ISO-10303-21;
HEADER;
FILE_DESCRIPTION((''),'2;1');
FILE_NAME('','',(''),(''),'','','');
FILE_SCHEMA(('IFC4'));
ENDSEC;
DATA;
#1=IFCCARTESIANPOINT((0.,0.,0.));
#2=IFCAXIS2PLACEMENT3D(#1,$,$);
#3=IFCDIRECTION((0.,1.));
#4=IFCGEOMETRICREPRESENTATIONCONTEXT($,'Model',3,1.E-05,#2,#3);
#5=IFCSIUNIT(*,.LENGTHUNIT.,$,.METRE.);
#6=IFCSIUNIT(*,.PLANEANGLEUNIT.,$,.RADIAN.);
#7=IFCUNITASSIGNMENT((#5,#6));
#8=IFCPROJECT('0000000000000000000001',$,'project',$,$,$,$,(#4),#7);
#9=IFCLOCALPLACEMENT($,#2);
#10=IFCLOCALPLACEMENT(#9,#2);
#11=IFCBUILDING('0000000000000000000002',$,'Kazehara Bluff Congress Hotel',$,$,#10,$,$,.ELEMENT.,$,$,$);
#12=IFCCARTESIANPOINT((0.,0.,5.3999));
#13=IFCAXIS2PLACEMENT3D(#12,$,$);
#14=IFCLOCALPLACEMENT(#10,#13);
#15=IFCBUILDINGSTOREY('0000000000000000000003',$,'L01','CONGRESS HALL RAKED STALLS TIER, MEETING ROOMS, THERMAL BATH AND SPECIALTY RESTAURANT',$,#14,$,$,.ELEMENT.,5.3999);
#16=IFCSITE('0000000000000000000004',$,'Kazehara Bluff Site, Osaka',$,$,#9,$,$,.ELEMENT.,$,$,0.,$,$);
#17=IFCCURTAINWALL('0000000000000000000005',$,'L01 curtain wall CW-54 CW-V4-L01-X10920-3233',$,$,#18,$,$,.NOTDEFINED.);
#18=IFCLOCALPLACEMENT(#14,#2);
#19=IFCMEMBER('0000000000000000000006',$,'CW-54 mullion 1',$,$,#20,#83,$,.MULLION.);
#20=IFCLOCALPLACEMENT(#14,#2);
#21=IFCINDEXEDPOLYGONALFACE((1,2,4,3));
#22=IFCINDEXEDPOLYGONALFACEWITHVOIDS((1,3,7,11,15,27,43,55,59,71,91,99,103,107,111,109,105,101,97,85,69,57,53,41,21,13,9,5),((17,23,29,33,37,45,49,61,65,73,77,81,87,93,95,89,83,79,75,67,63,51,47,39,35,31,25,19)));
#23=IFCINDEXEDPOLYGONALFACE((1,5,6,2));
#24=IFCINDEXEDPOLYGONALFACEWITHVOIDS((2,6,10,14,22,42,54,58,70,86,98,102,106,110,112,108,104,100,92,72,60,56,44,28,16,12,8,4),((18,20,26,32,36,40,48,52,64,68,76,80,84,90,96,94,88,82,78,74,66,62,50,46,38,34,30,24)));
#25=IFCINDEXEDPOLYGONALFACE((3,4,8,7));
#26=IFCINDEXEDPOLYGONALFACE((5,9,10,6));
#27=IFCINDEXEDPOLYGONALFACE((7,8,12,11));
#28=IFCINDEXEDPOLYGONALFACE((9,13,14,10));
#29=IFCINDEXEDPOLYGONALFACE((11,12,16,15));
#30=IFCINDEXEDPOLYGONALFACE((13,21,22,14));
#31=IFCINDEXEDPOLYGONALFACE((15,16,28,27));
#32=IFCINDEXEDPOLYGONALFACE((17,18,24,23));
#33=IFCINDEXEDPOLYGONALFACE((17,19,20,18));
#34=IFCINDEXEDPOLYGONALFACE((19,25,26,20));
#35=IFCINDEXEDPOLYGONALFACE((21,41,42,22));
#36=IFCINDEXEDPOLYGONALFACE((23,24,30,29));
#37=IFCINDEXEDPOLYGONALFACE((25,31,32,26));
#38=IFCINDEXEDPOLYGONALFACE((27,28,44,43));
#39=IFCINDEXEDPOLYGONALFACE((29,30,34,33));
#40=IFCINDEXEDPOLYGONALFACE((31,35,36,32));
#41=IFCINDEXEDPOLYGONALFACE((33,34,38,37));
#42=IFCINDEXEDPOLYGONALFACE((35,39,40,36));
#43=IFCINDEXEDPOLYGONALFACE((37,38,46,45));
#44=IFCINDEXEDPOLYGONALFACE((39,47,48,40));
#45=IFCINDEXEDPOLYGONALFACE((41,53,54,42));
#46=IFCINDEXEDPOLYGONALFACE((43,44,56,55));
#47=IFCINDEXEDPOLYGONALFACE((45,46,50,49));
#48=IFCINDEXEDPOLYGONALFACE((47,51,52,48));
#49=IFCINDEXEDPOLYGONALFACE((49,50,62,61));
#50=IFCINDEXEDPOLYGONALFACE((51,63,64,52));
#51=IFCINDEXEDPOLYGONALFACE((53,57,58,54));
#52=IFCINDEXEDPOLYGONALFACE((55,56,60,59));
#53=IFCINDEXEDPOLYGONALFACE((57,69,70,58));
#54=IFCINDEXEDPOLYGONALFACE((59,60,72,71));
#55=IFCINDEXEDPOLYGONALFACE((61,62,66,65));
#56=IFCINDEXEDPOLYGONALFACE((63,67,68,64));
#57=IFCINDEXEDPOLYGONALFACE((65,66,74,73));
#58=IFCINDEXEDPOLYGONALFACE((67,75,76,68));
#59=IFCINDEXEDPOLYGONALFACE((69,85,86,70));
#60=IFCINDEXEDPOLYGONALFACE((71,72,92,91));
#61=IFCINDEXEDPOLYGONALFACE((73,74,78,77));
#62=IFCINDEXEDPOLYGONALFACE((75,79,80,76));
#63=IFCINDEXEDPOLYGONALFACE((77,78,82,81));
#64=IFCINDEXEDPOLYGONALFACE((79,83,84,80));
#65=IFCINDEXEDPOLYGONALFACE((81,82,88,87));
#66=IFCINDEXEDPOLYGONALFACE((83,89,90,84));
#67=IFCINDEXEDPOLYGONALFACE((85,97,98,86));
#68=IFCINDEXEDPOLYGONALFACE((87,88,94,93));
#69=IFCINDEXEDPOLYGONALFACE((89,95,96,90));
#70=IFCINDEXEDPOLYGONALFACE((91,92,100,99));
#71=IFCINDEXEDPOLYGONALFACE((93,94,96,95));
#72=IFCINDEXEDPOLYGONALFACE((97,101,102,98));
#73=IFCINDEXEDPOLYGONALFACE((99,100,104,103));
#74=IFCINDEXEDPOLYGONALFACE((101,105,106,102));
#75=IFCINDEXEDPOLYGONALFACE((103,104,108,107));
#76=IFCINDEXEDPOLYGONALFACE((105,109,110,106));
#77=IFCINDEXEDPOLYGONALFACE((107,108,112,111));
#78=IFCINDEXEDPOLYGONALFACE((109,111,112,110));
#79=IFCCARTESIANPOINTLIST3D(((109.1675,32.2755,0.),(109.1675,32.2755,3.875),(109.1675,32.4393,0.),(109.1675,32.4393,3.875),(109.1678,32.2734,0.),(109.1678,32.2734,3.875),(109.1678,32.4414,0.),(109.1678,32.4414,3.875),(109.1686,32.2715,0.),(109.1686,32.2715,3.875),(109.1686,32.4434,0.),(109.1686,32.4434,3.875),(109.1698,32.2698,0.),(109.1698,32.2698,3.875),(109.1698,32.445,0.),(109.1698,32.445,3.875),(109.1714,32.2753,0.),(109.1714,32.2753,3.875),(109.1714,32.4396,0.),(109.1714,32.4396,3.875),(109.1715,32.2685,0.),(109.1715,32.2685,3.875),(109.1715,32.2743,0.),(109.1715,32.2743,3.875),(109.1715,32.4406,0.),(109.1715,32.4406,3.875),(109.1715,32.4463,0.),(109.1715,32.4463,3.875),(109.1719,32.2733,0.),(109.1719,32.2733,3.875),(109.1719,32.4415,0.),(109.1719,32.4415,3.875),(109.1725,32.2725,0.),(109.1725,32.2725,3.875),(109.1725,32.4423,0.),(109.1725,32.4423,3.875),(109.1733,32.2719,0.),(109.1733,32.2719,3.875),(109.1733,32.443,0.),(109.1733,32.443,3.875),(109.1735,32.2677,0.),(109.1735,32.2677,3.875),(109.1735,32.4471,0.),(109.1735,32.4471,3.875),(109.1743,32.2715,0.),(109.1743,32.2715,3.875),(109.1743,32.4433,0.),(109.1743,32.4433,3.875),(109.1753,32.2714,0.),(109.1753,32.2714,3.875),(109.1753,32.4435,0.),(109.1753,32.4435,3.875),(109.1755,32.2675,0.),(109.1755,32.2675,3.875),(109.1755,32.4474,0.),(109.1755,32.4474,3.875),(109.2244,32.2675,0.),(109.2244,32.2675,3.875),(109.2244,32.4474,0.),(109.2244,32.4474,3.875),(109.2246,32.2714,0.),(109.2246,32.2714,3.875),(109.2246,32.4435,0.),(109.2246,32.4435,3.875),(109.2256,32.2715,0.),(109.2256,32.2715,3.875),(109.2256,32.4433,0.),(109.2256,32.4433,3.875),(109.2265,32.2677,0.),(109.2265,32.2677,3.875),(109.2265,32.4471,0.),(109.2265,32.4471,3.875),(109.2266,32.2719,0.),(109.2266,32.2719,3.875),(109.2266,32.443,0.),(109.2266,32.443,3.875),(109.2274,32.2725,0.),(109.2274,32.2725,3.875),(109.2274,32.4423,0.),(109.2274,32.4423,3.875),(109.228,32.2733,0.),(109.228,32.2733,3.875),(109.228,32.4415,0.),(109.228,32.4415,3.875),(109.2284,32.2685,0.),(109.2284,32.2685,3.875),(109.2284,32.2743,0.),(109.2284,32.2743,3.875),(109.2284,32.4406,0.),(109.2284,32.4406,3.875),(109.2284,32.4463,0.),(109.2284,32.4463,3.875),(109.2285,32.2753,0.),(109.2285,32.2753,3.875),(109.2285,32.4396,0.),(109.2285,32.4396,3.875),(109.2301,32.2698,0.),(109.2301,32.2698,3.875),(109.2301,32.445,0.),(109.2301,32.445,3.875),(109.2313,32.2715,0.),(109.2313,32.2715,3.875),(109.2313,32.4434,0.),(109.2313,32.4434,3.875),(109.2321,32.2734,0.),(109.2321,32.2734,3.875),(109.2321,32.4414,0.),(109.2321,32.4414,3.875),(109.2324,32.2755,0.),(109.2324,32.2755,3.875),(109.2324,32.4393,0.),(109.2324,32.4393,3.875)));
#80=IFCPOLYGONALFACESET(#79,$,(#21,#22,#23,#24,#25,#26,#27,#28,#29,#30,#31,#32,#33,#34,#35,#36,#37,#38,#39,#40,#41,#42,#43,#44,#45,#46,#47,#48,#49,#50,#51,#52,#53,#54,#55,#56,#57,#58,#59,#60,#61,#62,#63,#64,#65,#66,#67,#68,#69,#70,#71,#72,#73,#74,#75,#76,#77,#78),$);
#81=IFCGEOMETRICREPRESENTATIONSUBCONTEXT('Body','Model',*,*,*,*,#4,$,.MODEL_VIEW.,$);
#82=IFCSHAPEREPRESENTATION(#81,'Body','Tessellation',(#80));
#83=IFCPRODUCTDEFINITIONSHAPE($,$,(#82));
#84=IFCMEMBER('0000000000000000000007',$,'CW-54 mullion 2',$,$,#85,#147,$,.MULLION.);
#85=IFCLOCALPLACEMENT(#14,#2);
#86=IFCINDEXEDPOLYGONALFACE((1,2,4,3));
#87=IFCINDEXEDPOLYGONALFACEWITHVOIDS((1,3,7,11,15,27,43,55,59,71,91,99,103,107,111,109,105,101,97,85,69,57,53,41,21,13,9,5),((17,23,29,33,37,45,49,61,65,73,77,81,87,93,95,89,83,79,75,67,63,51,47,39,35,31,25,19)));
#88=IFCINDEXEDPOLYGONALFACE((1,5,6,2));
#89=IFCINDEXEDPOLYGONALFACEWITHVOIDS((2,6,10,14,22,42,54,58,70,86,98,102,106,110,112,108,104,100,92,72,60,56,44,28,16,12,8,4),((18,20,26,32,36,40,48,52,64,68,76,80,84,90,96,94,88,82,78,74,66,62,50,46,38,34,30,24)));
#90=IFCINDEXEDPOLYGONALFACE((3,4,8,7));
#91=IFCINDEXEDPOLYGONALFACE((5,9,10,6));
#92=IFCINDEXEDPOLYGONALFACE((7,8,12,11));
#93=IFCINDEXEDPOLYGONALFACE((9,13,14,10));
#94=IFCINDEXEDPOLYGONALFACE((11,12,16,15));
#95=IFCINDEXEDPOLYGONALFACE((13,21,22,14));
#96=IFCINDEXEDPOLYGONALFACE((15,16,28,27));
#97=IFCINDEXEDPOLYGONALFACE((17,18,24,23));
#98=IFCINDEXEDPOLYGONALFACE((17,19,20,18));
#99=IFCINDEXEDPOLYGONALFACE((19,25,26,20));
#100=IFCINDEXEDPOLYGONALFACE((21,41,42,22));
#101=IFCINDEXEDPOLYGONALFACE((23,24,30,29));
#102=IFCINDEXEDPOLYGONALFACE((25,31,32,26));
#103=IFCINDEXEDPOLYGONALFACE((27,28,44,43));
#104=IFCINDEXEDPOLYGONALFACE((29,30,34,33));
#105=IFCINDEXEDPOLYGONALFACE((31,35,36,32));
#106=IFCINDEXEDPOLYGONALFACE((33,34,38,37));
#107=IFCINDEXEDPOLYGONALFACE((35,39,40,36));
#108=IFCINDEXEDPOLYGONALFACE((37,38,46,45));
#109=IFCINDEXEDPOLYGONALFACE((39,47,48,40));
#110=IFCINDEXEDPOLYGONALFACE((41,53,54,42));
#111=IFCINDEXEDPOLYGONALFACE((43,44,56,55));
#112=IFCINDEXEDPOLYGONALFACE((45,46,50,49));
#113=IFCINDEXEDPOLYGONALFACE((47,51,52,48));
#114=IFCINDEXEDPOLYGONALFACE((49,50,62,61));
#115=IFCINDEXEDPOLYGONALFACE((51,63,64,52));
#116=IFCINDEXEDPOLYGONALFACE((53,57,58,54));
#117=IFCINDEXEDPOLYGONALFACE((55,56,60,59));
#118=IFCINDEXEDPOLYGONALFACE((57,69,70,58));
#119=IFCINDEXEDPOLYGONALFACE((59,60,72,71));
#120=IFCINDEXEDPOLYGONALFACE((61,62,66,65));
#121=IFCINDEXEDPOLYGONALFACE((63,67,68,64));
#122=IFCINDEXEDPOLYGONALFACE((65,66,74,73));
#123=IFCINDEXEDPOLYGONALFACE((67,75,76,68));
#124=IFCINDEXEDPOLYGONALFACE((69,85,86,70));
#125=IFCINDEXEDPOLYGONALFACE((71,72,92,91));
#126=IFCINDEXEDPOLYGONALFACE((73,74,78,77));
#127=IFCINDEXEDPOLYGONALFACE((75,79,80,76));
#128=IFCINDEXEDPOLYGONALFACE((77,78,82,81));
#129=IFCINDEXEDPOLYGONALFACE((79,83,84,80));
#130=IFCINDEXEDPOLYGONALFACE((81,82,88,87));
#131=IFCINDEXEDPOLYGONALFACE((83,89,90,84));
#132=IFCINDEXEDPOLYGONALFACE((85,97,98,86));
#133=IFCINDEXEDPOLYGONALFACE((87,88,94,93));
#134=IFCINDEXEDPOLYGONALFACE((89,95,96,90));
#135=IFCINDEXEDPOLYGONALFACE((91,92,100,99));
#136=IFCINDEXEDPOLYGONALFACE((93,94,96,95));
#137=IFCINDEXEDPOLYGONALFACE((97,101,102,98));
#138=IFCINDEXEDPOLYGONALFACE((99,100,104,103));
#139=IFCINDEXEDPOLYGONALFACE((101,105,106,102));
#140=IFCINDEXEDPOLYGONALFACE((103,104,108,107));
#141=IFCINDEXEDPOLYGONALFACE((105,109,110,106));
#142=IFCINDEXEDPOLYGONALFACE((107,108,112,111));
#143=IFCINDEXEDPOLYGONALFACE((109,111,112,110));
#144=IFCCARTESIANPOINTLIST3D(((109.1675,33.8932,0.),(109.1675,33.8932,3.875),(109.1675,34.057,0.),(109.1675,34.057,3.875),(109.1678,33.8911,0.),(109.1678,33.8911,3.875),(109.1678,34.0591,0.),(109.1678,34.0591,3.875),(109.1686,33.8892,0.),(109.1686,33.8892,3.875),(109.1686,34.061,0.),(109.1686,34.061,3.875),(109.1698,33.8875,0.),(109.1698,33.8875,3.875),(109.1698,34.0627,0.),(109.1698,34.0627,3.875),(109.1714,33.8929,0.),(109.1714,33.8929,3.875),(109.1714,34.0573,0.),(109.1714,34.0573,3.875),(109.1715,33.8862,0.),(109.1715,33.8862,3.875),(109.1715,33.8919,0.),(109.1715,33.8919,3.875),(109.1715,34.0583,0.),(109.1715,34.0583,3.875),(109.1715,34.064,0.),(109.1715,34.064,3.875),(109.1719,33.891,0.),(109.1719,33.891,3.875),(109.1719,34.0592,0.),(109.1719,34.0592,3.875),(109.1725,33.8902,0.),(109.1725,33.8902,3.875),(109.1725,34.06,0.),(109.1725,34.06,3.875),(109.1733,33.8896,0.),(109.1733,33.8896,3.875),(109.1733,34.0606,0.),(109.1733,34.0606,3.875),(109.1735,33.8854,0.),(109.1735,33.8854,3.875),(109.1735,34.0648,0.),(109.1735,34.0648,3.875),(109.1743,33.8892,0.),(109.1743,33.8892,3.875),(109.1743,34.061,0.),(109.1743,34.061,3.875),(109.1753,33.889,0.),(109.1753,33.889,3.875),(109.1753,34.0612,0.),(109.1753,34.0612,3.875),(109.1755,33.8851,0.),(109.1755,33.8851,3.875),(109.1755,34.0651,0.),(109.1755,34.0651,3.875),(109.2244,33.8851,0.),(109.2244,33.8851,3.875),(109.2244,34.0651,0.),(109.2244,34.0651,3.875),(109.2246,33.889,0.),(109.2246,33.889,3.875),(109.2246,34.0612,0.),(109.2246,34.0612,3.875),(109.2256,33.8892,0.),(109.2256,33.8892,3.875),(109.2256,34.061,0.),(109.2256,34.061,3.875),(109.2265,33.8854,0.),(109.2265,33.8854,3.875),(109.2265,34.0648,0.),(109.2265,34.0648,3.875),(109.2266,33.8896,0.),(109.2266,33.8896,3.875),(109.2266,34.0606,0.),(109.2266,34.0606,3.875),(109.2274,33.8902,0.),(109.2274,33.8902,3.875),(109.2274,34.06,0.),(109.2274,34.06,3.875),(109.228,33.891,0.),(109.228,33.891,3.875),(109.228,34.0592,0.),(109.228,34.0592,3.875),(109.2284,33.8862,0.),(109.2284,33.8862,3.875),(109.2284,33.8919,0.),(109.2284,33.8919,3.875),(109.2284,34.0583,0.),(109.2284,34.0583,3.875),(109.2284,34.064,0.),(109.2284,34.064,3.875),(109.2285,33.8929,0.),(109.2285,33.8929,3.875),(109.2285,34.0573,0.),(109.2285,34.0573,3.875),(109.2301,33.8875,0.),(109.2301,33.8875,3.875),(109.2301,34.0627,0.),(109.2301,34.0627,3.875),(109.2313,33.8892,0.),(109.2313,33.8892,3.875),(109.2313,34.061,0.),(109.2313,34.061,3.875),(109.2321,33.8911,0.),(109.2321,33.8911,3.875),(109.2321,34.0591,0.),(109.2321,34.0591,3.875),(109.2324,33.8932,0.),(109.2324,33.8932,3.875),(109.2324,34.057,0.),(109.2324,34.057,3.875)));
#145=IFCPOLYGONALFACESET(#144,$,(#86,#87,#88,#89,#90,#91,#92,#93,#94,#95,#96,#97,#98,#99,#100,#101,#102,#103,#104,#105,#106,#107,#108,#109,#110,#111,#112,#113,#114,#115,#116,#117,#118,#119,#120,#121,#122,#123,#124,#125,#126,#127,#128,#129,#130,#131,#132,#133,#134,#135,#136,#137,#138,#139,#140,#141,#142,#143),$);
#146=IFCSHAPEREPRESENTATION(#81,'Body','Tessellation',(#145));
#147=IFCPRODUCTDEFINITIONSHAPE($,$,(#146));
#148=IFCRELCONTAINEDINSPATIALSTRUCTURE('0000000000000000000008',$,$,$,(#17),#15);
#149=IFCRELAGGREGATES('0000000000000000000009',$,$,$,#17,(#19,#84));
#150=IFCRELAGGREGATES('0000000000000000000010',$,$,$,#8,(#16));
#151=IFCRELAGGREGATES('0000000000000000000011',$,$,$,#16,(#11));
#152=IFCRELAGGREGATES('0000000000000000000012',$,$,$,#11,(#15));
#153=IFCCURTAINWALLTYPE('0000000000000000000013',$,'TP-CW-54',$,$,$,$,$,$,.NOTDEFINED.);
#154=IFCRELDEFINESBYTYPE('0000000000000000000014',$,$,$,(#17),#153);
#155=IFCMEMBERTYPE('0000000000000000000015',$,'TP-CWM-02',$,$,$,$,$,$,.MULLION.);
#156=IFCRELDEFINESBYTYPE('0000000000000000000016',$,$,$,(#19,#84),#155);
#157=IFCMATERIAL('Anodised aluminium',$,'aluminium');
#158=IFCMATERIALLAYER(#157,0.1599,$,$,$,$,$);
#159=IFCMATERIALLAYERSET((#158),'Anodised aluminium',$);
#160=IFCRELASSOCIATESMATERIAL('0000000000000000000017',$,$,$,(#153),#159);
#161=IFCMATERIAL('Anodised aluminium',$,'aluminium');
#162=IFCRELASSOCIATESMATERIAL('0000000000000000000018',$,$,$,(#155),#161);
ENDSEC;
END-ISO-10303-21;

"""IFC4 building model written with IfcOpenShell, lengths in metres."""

from ifc_helpers import new_model, si_unit, direction, frame, origin, origin_2d, place, context, subcontext, project, spatial, hollow_rectangle, extrude, material, layer, layer_set, material_profile, profile_set, type_object, element, aggregate, save


model = new_model("IFC4")

# Units and contexts
model_context = context("Model", 3, precision=1e-05, world=origin(), true_north=direction((0.0, 1.0)))
body_context = subcontext(model_context, "Body", "Model", "MODEL_VIEW")
ifc_project = project(units=[si_unit("LENGTHUNIT", "METRE"), si_unit("PLANEANGLEUNIT", "RADIAN")], contexts=[model_context])

# Site, building, storey
site_placement = place(None, origin())
site = spatial("IfcSite", under=ifc_project, at=site_placement, Name="Kazehara Bluff Site, Osaka", CompositionType="ELEMENT", RefElevation=0.0)
building_placement = place(site_placement, origin())
building = spatial("IfcBuilding", under=site, at=building_placement, Name="Kazehara Bluff Congress Hotel", CompositionType="ELEMENT")
storey_placement = place(building_placement, frame((0.0, 0.0, 5.3999)))
storey = spatial("IfcBuildingStorey", under=building, at=storey_placement, Name="L01", Description="CONGRESS HALL RAKED STALLS TIER, MEETING ROOMS, THERMAL BATH AND SPECIALTY RESTAURANT", CompositionType="ELEMENT", Elevation=5.3999)

# Curtain wall, members
ifc_material_1 = material(Name="Anodised aluminium", Category="aluminium")
ifc_layer_1 = layer(ifc_material_1, 0.1599)
ifc_layer_set_1 = layer_set([ifc_layer_1], Name="Anodised aluminium")
curtain_wall_type_1 = type_object("IfcCurtainWallType", Name="TP-CW-54", PredefinedType="NOTDEFINED", material=ifc_layer_set_1)
curtain_wall_1_placement = place(storey_placement, origin())
curtain_wall_1 = element("IfcCurtainWall", 1, at=curtain_wall_1_placement, inside=storey, type_object=curtain_wall_type_1, Name="L01 curtain wall CW-54 CW-V4-L01-X10920-3233", PredefinedType="NOTDEFINED")
ifc_material_2 = material(Name="Anodised aluminium", Category="aluminium")
ifc_material_profile_1 = material_profile(ifc_material_2, hollow_rectangle(XDim=0.0649, YDim=0.1799, WallThickness=0.0039, InnerFilletRadius=0.0039, OuterFilletRadius=0.0081, at=origin_2d()))
ifc_profile_set_1 = profile_set([ifc_material_profile_1], Name="Anodised aluminium")
member_type_1 = type_object("IfcMemberType", Name="TP-CWM-02", PredefinedType="MULLION", material=ifc_profile_set_1)
member_1_placement = place(storey_placement, frame((109.2, 32.3574, 0.0), z_axis=(0.0, 0.0, 1.0), x_axis=(-1.0, 0.0, 0.0)))
member_1 = element("IfcMember", 2, at=member_1_placement, type_object=member_type_1, Name="CW-54 mullion 1", PredefinedType="MULLION", context=body_context, shape_type="SweptSolid", body=[
    extrude(hollow_rectangle(XDim=0.0649, YDim=0.1799, WallThickness=0.0039, InnerFilletRadius=0.0039, OuterFilletRadius=0.0081, at=origin_2d()), origin(), (0.0, 0.0, 1.0), 3.875),
])
member_2_placement = place(storey_placement, frame((109.2, 33.9751, 0.0), z_axis=(0.0, 0.0, 1.0), x_axis=(-1.0, 0.0, 0.0)))
member_2 = element("IfcMember", 3, at=member_2_placement, type_object=member_type_1, Name="CW-54 mullion 2", PredefinedType="MULLION", context=body_context, shape_type="SweptSolid", body=[
    extrude(hollow_rectangle(XDim=0.0649, YDim=0.1799, WallThickness=0.0039, InnerFilletRadius=0.0039, OuterFilletRadius=0.0081, at=origin_2d()), origin(), (0.0, 0.0, 1.0), 3.875),
])

aggregate(curtain_wall_1, [member_1, member_2])

save(model, "model.ifc")
